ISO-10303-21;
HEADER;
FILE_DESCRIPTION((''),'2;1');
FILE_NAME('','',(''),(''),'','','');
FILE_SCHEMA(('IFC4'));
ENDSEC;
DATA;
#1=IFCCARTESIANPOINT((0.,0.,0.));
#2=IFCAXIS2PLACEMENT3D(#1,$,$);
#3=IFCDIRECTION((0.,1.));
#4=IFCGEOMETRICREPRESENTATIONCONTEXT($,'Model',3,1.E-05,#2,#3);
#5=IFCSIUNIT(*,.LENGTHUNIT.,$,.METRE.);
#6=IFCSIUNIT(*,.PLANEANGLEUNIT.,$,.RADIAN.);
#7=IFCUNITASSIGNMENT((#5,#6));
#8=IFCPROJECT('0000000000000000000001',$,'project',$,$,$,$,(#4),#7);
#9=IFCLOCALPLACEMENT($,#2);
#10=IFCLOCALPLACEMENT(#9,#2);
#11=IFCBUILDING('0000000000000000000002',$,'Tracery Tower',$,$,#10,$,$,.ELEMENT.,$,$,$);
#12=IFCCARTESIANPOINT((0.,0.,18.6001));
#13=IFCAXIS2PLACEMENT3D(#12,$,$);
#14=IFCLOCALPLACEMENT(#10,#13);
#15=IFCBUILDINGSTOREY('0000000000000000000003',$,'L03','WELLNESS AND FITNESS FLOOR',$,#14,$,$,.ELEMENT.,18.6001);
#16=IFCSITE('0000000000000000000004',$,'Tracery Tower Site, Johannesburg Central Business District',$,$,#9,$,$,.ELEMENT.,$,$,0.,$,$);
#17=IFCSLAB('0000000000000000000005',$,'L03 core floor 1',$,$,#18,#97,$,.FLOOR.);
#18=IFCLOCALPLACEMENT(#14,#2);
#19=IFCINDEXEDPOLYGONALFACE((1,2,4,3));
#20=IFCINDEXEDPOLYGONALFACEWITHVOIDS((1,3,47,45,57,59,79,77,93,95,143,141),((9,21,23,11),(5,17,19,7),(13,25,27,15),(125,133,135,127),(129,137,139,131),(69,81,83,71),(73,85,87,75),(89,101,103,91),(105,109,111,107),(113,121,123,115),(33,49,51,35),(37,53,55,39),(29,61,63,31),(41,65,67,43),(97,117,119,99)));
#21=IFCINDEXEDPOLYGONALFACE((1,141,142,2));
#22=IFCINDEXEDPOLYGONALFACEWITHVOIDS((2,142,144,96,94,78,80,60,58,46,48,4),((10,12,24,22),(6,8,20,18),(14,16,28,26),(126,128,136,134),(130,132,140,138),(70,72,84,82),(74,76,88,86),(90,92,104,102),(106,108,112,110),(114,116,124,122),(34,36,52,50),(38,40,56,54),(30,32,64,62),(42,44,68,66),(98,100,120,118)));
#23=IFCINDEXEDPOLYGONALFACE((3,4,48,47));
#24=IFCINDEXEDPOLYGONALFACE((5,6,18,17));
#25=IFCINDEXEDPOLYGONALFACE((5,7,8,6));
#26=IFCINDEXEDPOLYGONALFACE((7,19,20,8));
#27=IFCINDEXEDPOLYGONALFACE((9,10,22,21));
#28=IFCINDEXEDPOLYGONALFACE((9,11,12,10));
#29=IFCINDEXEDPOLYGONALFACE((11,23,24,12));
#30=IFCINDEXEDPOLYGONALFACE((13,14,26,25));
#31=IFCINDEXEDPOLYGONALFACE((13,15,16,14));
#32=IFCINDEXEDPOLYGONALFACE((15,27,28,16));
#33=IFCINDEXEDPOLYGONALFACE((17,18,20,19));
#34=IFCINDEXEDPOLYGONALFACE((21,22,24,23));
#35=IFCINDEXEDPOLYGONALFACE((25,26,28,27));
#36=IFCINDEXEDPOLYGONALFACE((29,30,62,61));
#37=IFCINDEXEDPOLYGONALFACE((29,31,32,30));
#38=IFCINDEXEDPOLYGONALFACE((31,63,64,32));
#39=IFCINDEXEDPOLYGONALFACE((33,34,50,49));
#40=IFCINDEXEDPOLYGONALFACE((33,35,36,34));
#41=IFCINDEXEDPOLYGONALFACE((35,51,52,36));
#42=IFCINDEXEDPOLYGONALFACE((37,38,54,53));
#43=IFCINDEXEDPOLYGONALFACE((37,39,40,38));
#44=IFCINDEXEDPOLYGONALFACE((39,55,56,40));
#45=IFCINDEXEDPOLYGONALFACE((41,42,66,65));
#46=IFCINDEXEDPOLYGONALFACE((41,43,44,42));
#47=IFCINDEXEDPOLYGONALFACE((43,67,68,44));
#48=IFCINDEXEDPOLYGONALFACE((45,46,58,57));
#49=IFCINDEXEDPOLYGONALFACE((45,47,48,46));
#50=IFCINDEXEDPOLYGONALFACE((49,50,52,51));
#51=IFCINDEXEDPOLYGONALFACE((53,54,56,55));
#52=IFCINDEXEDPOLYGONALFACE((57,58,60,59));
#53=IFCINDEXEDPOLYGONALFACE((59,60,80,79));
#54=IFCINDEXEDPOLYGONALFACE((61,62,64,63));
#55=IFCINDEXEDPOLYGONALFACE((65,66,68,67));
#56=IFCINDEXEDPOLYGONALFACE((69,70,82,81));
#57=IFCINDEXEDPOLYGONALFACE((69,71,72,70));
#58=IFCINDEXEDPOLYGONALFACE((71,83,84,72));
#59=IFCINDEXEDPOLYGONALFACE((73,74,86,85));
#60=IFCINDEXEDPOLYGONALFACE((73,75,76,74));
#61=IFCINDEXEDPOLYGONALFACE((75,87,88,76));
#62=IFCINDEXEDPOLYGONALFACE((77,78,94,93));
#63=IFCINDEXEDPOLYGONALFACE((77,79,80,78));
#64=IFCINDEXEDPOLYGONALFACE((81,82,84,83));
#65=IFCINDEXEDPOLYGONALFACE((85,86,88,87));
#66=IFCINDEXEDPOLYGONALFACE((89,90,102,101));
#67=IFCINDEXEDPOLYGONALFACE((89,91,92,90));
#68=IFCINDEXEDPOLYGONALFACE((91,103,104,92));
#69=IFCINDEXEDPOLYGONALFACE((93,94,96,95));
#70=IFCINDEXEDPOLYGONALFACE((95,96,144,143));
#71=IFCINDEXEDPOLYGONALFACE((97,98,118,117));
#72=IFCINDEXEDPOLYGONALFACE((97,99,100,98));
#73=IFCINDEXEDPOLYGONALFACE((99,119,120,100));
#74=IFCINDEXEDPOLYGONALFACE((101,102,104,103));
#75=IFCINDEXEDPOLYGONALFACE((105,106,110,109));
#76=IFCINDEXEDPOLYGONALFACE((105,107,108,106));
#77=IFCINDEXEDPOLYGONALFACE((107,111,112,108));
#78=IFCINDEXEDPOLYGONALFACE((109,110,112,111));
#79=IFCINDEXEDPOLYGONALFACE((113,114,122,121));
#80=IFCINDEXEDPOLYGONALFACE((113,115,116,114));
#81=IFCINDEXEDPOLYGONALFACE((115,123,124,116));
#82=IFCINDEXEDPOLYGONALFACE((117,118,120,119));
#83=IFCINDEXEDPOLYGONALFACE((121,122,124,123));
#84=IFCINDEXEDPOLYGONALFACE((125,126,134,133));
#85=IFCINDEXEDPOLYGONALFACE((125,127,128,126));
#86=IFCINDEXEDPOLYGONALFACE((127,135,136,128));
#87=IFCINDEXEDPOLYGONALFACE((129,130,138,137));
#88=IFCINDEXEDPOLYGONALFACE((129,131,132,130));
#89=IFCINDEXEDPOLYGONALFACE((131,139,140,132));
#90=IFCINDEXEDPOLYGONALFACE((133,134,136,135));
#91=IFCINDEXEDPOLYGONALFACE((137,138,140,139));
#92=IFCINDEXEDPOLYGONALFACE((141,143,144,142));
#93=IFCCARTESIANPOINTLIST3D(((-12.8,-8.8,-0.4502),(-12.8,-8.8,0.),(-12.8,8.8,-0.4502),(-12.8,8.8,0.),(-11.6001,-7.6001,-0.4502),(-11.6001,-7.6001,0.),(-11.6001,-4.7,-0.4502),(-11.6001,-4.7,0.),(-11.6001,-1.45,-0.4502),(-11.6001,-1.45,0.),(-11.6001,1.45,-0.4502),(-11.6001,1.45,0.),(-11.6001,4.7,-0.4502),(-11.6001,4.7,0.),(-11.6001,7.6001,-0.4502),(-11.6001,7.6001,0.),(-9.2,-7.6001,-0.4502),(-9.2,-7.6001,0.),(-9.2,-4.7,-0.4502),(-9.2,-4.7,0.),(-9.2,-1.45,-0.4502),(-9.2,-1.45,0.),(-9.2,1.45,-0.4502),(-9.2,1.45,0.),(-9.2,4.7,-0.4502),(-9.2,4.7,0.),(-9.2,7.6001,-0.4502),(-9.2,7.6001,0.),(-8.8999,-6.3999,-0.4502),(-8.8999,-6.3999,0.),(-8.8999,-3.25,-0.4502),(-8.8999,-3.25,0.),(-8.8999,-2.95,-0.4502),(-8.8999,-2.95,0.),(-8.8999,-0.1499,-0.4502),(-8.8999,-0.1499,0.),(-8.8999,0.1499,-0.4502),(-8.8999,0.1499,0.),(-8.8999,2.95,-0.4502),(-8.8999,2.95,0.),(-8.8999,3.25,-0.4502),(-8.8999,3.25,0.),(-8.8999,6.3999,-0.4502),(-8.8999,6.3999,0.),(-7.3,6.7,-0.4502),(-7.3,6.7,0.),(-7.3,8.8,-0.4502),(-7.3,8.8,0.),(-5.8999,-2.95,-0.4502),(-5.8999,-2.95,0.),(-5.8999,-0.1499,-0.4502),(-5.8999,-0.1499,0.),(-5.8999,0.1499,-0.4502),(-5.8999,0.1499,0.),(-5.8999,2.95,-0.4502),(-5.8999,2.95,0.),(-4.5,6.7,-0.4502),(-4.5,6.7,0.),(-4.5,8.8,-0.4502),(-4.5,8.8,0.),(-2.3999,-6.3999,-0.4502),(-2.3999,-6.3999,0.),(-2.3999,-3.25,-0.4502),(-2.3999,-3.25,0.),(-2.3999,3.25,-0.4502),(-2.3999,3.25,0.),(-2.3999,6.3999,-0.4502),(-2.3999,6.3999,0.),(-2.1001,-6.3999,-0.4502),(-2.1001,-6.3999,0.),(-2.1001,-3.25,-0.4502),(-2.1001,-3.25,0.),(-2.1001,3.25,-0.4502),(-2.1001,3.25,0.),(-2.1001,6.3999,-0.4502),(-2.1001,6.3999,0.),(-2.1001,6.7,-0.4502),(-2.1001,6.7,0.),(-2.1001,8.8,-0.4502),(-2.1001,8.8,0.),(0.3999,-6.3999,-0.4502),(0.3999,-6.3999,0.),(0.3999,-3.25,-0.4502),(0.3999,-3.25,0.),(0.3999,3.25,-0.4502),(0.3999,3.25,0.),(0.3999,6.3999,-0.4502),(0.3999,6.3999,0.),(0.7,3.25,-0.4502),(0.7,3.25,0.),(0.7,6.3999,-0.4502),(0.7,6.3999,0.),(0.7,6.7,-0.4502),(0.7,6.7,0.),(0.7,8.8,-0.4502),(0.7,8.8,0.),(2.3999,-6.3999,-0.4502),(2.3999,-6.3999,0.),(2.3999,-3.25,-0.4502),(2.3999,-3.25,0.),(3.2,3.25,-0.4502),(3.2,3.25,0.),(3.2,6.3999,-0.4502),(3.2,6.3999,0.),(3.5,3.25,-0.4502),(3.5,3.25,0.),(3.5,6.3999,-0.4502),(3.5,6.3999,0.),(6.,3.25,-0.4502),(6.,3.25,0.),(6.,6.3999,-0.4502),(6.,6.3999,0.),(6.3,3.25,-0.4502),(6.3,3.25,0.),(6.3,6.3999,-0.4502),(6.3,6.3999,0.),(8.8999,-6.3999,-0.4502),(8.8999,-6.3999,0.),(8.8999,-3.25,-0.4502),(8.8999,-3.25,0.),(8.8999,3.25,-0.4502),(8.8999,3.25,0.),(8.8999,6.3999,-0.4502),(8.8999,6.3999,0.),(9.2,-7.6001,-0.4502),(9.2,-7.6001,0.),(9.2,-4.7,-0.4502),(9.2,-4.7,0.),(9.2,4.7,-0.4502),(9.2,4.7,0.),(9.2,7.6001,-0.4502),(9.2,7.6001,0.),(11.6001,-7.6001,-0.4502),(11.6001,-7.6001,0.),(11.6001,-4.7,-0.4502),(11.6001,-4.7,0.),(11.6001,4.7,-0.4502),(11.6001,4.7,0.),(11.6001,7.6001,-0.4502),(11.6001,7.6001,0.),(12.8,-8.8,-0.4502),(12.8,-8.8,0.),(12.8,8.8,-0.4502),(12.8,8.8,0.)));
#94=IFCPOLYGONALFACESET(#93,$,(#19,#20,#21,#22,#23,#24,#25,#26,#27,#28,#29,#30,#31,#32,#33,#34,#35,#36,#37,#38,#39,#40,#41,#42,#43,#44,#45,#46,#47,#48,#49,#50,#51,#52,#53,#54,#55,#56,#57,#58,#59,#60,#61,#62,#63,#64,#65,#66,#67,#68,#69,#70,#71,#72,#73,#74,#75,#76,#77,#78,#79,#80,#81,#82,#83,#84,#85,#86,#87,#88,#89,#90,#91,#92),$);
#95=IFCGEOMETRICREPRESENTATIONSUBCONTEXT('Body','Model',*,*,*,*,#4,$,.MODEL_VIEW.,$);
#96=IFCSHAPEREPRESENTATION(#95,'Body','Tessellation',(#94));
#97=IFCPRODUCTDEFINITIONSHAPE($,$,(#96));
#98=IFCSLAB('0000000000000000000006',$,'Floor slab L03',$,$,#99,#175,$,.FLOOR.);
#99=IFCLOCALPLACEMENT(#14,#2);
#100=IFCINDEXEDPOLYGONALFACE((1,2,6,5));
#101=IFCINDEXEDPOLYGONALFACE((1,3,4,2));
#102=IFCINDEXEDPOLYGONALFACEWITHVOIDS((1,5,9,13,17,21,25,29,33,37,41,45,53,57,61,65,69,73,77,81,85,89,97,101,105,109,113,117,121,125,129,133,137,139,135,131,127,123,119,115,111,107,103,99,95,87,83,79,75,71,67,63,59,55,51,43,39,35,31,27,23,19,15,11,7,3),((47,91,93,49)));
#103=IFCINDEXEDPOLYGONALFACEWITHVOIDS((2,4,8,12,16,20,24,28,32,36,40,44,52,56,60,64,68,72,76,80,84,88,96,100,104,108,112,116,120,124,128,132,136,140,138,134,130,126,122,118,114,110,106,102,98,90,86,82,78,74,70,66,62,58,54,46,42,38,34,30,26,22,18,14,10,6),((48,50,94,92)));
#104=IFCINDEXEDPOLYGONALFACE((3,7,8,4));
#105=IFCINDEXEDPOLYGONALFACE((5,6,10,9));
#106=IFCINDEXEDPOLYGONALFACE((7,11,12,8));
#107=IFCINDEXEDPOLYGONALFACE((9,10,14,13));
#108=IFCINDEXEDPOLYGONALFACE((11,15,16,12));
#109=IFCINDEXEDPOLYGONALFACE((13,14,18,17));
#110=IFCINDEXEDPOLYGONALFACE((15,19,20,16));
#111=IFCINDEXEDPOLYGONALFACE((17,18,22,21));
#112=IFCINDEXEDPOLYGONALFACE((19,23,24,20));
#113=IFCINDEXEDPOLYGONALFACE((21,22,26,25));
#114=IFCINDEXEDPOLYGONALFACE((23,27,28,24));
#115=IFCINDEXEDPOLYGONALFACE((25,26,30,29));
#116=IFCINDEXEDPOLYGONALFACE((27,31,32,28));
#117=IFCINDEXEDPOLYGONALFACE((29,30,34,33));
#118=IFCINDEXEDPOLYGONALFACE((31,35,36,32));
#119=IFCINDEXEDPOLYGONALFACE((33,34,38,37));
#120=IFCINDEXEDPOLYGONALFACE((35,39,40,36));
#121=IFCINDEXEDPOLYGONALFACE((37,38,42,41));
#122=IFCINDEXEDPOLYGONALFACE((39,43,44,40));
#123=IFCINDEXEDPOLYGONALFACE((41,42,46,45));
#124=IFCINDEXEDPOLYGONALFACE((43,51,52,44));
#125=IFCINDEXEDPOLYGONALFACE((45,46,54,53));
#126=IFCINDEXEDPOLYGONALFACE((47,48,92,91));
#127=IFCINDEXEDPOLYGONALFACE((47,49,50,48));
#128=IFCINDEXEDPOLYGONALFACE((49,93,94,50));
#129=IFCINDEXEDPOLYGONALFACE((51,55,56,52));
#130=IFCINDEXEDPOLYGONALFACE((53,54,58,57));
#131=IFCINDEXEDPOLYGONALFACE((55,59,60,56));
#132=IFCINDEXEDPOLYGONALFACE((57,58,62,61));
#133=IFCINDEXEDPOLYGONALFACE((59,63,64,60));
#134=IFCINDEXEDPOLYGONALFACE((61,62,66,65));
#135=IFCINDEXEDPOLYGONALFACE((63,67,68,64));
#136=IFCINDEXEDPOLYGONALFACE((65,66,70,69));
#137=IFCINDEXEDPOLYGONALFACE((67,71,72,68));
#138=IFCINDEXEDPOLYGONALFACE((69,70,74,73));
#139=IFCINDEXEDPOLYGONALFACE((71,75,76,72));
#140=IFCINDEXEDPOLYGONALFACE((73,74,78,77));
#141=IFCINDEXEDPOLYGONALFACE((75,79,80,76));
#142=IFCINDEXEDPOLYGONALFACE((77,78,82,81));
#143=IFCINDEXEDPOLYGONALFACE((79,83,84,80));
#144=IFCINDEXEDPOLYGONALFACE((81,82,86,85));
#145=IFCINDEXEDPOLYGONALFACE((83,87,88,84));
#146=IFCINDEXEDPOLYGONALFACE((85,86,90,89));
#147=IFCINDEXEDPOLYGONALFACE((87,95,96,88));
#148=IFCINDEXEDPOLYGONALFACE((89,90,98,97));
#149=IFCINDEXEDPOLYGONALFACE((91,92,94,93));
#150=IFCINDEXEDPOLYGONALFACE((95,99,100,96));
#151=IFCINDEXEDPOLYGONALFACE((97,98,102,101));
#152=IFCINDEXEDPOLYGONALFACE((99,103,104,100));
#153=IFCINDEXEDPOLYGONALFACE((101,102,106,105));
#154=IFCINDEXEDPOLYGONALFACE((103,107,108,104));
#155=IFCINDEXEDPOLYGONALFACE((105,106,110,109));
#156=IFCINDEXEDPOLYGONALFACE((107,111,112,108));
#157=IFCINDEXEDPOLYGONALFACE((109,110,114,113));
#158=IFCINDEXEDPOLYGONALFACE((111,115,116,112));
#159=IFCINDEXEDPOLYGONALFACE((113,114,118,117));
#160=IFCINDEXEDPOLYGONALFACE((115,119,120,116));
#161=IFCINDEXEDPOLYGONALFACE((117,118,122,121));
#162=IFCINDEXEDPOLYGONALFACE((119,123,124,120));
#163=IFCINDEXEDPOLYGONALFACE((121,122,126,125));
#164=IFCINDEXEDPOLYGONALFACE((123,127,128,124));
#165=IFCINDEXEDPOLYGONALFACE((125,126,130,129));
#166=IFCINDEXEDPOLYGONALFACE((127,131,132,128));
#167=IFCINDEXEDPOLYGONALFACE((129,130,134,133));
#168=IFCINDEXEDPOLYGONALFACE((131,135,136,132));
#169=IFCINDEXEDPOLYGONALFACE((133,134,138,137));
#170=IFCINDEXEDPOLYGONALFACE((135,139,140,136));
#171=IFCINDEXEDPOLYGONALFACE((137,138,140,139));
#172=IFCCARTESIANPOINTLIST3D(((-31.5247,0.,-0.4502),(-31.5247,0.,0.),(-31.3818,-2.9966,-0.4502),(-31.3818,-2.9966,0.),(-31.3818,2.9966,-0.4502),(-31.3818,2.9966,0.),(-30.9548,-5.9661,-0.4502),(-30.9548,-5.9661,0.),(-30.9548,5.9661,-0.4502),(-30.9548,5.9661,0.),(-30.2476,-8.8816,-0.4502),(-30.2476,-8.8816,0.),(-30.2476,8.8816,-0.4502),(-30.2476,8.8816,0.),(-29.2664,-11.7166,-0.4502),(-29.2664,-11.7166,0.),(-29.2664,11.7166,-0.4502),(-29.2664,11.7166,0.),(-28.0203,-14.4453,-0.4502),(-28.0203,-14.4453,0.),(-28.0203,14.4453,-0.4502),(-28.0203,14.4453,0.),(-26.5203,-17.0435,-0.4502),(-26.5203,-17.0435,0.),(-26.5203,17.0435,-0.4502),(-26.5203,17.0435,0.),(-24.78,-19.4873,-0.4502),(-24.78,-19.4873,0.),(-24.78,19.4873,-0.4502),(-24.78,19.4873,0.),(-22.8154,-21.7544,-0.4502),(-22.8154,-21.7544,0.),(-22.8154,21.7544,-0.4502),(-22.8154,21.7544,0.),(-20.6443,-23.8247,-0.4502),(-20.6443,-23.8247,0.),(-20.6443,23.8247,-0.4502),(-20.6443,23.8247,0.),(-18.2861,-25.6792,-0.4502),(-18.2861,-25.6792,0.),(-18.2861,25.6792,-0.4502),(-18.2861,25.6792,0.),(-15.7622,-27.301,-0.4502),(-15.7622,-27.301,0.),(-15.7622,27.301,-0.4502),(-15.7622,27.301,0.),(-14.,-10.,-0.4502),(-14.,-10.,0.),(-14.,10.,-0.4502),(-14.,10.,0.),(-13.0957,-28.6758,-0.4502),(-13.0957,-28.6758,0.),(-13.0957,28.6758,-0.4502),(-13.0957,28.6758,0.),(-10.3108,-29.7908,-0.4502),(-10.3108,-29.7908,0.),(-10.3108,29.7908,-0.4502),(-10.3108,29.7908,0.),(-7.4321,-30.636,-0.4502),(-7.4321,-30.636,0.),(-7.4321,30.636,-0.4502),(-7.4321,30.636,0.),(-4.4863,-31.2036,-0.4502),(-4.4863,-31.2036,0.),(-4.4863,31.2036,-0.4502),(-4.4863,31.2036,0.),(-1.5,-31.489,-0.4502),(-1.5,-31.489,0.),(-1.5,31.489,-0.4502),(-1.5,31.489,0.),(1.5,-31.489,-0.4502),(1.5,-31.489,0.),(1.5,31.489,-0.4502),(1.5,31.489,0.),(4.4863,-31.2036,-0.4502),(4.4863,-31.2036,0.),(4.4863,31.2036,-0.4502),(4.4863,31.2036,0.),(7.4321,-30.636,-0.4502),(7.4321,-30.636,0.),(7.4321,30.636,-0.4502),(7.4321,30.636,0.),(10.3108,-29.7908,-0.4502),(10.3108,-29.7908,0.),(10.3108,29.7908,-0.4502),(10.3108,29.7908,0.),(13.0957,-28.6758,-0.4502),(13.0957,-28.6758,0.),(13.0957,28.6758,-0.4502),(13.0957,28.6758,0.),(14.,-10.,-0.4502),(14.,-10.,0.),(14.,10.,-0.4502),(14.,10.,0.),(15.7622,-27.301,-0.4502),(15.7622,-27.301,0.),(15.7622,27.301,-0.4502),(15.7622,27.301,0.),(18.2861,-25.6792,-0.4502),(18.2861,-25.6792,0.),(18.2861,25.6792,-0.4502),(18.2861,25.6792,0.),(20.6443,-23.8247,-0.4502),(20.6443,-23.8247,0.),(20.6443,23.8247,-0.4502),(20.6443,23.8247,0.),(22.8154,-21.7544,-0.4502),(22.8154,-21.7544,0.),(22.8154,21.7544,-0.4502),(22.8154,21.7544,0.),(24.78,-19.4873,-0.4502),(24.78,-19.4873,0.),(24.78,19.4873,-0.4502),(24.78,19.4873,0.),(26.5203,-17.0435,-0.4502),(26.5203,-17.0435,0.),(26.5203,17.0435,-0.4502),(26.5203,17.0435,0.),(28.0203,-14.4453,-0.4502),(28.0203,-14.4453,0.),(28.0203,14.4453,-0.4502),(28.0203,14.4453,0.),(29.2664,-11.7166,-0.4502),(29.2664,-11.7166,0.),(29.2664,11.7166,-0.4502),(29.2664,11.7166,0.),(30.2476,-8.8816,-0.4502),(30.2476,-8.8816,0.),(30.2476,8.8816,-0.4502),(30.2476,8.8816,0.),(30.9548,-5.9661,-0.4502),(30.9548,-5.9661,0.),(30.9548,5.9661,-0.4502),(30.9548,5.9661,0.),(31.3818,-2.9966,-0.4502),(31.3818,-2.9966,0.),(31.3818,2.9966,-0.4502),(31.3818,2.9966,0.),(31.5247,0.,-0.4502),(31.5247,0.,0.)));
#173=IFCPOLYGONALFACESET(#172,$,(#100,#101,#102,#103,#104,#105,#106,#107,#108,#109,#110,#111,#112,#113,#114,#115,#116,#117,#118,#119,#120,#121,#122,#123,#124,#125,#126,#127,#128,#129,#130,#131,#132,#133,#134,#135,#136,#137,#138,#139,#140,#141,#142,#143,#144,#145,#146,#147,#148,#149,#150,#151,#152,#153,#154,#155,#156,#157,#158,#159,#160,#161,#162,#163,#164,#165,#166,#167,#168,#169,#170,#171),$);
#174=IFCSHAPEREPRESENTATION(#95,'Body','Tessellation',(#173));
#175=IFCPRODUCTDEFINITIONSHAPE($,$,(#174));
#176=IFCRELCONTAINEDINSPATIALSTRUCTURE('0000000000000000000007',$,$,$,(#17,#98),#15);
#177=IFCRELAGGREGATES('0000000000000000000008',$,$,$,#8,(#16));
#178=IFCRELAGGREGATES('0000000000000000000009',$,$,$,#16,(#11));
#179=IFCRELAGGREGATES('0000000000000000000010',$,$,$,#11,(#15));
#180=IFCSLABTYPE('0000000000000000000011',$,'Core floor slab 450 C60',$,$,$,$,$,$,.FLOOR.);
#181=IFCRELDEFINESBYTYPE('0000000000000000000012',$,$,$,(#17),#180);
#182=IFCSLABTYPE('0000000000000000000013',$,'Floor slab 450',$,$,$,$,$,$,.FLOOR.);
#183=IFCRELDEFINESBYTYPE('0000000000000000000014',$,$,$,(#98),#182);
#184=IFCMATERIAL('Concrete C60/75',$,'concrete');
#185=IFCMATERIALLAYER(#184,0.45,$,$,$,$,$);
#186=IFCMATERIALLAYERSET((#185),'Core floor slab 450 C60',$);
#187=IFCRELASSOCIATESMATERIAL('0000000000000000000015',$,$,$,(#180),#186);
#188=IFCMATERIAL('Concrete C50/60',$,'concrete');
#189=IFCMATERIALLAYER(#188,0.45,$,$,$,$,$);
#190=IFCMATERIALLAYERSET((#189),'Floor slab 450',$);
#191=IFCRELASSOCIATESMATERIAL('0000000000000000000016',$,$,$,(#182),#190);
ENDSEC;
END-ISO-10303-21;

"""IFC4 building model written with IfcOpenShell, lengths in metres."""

from ifc_helpers import new_model, si_unit, direction, frame, origin, place, context, subcontext, project, spatial, polyline, outline, extrude, material, layer, layer_set, type_object, element, save


model = new_model("IFC4")

# Units and contexts
model_context = context("Model", 3, precision=1e-05, world=origin(), true_north=direction((0.0, 1.0)))
body_context = subcontext(model_context, "Body", "Model", "MODEL_VIEW")
ifc_project = project(units=[si_unit("LENGTHUNIT", "METRE"), si_unit("PLANEANGLEUNIT", "RADIAN")], contexts=[model_context])

# Site, building, storey
site_placement = place(None, origin())
site = spatial("IfcSite", under=ifc_project, at=site_placement, Name="Tracery Tower Site, Johannesburg Central Business District", CompositionType="ELEMENT", RefElevation=0.0)
building_placement = place(site_placement, origin())
building = spatial("IfcBuilding", under=site, at=building_placement, Name="Tracery Tower", CompositionType="ELEMENT")
storey_placement = place(building_placement, frame((0.0, 0.0, 18.6001)))
storey = spatial("IfcBuildingStorey", under=building, at=storey_placement, Name="L03", Description="WELLNESS AND FITNESS FLOOR", CompositionType="ELEMENT", Elevation=18.6001)

# Slabs
ifc_material_1 = material(Name="Concrete C60/75", Category="concrete")
ifc_layer_1 = layer(ifc_material_1, 0.45)
ifc_layer_set_1 = layer_set([ifc_layer_1], Name="Core floor slab 450 C60")
slab_type_1 = type_object("IfcSlabType", Name="Core floor slab 450 C60", PredefinedType="FLOOR", material=ifc_layer_set_1)
slab_1_placement = place(storey_placement, frame((0.0, 0.0, -0.4502)))
element("IfcSlab", 1, at=slab_1_placement, inside=storey, type_object=slab_type_1, Name="L03 core floor 1", PredefinedType="FLOOR", context=body_context, shape_type="SweptSolid", body=[
    extrude(outline(polyline([(-12.8, 8.8), (-7.3, 8.8), (-7.3, 6.7), (-4.5, 6.7), (-4.5, 8.8), (-2.1001, 8.8), (-2.1001, 6.7), (0.7, 6.7), (0.7, 8.8), (12.8, 8.8), (12.8, -8.8), (-12.8, -8.8), (-12.8, 8.8)]), holes=[polyline([(11.6001, -7.6001), (11.6001, -4.7), (9.2, -4.7), (9.2, -7.6001), (11.6001, -7.6001)]), polyline([(11.6001, 4.7), (11.6001, 7.6001), (9.2, 7.6001), (9.2, 4.7), (11.6001, 4.7)]), polyline([(2.3999, -6.3999), (8.8999, -6.3999), (8.8999, -3.25), (2.3999, -3.25), (2.3999, -6.3999)]), polyline([(6.3, 3.25), (8.8999, 3.25), (8.8999, 6.3999), (6.3, 6.3999), (6.3, 3.25)]), polyline([(3.5, 3.25), (6.0, 3.25), (6.0, 6.3999), (3.5, 6.3999), (3.5, 3.25)]), polyline([(3.2, 3.25), (3.2, 6.3999), (0.7, 6.3999), (0.7, 3.25), (3.2, 3.25)]), polyline([(-2.1001, 3.25), (0.3999, 3.25), (0.3999, 6.3999), (-2.1001, 6.3999), (-2.1001, 3.25)]), polyline([(0.3999, -6.3999), (0.3999, -3.25), (-2.1001, -3.25), (-2.1001, -6.3999), (0.3999, -6.3999)]), polyline([(-2.3999, -6.3999), (-2.3999, -3.25), (-8.8999, -3.25), (-8.8999, -6.3999), (-2.3999, -6.3999)]), polyline([(-2.3999, 3.25), (-2.3999, 6.3999), (-8.8999, 6.3999), (-8.8999, 3.25), (-2.3999, 3.25)]), polyline([(-8.8999, -2.95), (-5.8999, -2.95), (-5.8999, -0.1499), (-8.8999, -0.1499), (-8.8999, -2.95)]), polyline([(-5.8999, 0.1499), (-5.8999, 2.95), (-8.8999, 2.95), (-8.8999, 0.1499), (-5.8999, 0.1499)]), polyline([(-11.6001, 4.7), (-9.2, 4.7), (-9.2, 7.6001), (-11.6001, 7.6001), (-11.6001, 4.7)]), polyline([(-9.2, -7.6001), (-9.2, -4.7), (-11.6001, -4.7), (-11.6001, -7.6001), (-9.2, -7.6001)]), polyline([(-9.2, -1.45), (-9.2, 1.45), (-11.6001, 1.45), (-11.6001, -1.45), (-9.2, -1.45)])]), origin(), (0.0, 0.0, 1.0), 0.4502),
])
ifc_material_2 = material(Name="Concrete C50/60", Category="concrete")
ifc_layer_2 = layer(ifc_material_2, 0.45)
ifc_layer_set_2 = layer_set([ifc_layer_2], Name="Floor slab 450")
slab_type_2 = type_object("IfcSlabType", Name="Floor slab 450", PredefinedType="FLOOR", material=ifc_layer_set_2)
slab_2_placement = place(storey_placement, frame((0.0, 0.0, -0.4502)))
element("IfcSlab", 2, at=slab_2_placement, inside=storey, type_object=slab_type_2, Name="Floor slab L03", PredefinedType="FLOOR", context=body_context, shape_type="SweptSolid", body=[
    extrude(outline(polyline([(31.5247, 0.0), (31.3818, 2.9966), (30.9548, 5.9661), (30.2476, 8.8816), (29.2664, 11.7166), (28.0203, 14.4453), (26.5203, 17.0435), (24.78, 19.4873), (22.8154, 21.7544), (20.6443, 23.8247), (18.2861, 25.6792), (15.7622, 27.301), (13.0957, 28.6758), (10.3108, 29.7908), (7.4321, 30.636), (4.4863, 31.2036), (1.5, 31.489), (-1.5, 31.489), (-4.4863, 31.2036), (-7.4321, 30.636), (-10.3108, 29.7908), (-13.0957, 28.6758), (-15.7622, 27.301), (-18.2861, 25.6792), (-20.6443, 23.8247), (-22.8154, 21.7544), (-24.78, 19.4873), (-26.5203, 17.0435), (-28.0203, 14.4453), (-29.2664, 11.7166), (-30.2476, 8.8816), (-30.9548, 5.9661), (-31.3818, 2.9966), (-31.5247, 0.0), (-31.3818, -2.9966), (-30.9548, -5.9661), (-30.2476, -8.8816), (-29.2664, -11.7166), (-28.0203, -14.4453), (-26.5203, -17.0435), (-24.78, -19.4873), (-22.8154, -21.7544), (-20.6443, -23.8247), (-18.2861, -25.6792), (-15.7622, -27.301), (-13.0957, -28.6758), (-10.3108, -29.7908), (-7.4321, -30.636), (-4.4863, -31.2036), (-1.5, -31.489), (1.5, -31.489), (4.4863, -31.2036), (7.4321, -30.636), (10.3108, -29.7908), (13.0957, -28.6758), (15.7622, -27.301), (18.2861, -25.6792), (20.6443, -23.8247), (22.8154, -21.7544), (24.78, -19.4873), (26.5203, -17.0435), (28.0203, -14.4453), (29.2664, -11.7166), (30.2476, -8.8816), (30.9548, -5.9661), (31.3818, -2.9966), (31.5247, 0.0)]), holes=[polyline([(-14.0, -10.0), (14.0, -10.0), (14.0, 10.0), (-14.0, 10.0), (-14.0, -10.0)])]), origin(), (0.0, 0.0, 1.0), 0.4502),
])

save(model, "model.ifc")
